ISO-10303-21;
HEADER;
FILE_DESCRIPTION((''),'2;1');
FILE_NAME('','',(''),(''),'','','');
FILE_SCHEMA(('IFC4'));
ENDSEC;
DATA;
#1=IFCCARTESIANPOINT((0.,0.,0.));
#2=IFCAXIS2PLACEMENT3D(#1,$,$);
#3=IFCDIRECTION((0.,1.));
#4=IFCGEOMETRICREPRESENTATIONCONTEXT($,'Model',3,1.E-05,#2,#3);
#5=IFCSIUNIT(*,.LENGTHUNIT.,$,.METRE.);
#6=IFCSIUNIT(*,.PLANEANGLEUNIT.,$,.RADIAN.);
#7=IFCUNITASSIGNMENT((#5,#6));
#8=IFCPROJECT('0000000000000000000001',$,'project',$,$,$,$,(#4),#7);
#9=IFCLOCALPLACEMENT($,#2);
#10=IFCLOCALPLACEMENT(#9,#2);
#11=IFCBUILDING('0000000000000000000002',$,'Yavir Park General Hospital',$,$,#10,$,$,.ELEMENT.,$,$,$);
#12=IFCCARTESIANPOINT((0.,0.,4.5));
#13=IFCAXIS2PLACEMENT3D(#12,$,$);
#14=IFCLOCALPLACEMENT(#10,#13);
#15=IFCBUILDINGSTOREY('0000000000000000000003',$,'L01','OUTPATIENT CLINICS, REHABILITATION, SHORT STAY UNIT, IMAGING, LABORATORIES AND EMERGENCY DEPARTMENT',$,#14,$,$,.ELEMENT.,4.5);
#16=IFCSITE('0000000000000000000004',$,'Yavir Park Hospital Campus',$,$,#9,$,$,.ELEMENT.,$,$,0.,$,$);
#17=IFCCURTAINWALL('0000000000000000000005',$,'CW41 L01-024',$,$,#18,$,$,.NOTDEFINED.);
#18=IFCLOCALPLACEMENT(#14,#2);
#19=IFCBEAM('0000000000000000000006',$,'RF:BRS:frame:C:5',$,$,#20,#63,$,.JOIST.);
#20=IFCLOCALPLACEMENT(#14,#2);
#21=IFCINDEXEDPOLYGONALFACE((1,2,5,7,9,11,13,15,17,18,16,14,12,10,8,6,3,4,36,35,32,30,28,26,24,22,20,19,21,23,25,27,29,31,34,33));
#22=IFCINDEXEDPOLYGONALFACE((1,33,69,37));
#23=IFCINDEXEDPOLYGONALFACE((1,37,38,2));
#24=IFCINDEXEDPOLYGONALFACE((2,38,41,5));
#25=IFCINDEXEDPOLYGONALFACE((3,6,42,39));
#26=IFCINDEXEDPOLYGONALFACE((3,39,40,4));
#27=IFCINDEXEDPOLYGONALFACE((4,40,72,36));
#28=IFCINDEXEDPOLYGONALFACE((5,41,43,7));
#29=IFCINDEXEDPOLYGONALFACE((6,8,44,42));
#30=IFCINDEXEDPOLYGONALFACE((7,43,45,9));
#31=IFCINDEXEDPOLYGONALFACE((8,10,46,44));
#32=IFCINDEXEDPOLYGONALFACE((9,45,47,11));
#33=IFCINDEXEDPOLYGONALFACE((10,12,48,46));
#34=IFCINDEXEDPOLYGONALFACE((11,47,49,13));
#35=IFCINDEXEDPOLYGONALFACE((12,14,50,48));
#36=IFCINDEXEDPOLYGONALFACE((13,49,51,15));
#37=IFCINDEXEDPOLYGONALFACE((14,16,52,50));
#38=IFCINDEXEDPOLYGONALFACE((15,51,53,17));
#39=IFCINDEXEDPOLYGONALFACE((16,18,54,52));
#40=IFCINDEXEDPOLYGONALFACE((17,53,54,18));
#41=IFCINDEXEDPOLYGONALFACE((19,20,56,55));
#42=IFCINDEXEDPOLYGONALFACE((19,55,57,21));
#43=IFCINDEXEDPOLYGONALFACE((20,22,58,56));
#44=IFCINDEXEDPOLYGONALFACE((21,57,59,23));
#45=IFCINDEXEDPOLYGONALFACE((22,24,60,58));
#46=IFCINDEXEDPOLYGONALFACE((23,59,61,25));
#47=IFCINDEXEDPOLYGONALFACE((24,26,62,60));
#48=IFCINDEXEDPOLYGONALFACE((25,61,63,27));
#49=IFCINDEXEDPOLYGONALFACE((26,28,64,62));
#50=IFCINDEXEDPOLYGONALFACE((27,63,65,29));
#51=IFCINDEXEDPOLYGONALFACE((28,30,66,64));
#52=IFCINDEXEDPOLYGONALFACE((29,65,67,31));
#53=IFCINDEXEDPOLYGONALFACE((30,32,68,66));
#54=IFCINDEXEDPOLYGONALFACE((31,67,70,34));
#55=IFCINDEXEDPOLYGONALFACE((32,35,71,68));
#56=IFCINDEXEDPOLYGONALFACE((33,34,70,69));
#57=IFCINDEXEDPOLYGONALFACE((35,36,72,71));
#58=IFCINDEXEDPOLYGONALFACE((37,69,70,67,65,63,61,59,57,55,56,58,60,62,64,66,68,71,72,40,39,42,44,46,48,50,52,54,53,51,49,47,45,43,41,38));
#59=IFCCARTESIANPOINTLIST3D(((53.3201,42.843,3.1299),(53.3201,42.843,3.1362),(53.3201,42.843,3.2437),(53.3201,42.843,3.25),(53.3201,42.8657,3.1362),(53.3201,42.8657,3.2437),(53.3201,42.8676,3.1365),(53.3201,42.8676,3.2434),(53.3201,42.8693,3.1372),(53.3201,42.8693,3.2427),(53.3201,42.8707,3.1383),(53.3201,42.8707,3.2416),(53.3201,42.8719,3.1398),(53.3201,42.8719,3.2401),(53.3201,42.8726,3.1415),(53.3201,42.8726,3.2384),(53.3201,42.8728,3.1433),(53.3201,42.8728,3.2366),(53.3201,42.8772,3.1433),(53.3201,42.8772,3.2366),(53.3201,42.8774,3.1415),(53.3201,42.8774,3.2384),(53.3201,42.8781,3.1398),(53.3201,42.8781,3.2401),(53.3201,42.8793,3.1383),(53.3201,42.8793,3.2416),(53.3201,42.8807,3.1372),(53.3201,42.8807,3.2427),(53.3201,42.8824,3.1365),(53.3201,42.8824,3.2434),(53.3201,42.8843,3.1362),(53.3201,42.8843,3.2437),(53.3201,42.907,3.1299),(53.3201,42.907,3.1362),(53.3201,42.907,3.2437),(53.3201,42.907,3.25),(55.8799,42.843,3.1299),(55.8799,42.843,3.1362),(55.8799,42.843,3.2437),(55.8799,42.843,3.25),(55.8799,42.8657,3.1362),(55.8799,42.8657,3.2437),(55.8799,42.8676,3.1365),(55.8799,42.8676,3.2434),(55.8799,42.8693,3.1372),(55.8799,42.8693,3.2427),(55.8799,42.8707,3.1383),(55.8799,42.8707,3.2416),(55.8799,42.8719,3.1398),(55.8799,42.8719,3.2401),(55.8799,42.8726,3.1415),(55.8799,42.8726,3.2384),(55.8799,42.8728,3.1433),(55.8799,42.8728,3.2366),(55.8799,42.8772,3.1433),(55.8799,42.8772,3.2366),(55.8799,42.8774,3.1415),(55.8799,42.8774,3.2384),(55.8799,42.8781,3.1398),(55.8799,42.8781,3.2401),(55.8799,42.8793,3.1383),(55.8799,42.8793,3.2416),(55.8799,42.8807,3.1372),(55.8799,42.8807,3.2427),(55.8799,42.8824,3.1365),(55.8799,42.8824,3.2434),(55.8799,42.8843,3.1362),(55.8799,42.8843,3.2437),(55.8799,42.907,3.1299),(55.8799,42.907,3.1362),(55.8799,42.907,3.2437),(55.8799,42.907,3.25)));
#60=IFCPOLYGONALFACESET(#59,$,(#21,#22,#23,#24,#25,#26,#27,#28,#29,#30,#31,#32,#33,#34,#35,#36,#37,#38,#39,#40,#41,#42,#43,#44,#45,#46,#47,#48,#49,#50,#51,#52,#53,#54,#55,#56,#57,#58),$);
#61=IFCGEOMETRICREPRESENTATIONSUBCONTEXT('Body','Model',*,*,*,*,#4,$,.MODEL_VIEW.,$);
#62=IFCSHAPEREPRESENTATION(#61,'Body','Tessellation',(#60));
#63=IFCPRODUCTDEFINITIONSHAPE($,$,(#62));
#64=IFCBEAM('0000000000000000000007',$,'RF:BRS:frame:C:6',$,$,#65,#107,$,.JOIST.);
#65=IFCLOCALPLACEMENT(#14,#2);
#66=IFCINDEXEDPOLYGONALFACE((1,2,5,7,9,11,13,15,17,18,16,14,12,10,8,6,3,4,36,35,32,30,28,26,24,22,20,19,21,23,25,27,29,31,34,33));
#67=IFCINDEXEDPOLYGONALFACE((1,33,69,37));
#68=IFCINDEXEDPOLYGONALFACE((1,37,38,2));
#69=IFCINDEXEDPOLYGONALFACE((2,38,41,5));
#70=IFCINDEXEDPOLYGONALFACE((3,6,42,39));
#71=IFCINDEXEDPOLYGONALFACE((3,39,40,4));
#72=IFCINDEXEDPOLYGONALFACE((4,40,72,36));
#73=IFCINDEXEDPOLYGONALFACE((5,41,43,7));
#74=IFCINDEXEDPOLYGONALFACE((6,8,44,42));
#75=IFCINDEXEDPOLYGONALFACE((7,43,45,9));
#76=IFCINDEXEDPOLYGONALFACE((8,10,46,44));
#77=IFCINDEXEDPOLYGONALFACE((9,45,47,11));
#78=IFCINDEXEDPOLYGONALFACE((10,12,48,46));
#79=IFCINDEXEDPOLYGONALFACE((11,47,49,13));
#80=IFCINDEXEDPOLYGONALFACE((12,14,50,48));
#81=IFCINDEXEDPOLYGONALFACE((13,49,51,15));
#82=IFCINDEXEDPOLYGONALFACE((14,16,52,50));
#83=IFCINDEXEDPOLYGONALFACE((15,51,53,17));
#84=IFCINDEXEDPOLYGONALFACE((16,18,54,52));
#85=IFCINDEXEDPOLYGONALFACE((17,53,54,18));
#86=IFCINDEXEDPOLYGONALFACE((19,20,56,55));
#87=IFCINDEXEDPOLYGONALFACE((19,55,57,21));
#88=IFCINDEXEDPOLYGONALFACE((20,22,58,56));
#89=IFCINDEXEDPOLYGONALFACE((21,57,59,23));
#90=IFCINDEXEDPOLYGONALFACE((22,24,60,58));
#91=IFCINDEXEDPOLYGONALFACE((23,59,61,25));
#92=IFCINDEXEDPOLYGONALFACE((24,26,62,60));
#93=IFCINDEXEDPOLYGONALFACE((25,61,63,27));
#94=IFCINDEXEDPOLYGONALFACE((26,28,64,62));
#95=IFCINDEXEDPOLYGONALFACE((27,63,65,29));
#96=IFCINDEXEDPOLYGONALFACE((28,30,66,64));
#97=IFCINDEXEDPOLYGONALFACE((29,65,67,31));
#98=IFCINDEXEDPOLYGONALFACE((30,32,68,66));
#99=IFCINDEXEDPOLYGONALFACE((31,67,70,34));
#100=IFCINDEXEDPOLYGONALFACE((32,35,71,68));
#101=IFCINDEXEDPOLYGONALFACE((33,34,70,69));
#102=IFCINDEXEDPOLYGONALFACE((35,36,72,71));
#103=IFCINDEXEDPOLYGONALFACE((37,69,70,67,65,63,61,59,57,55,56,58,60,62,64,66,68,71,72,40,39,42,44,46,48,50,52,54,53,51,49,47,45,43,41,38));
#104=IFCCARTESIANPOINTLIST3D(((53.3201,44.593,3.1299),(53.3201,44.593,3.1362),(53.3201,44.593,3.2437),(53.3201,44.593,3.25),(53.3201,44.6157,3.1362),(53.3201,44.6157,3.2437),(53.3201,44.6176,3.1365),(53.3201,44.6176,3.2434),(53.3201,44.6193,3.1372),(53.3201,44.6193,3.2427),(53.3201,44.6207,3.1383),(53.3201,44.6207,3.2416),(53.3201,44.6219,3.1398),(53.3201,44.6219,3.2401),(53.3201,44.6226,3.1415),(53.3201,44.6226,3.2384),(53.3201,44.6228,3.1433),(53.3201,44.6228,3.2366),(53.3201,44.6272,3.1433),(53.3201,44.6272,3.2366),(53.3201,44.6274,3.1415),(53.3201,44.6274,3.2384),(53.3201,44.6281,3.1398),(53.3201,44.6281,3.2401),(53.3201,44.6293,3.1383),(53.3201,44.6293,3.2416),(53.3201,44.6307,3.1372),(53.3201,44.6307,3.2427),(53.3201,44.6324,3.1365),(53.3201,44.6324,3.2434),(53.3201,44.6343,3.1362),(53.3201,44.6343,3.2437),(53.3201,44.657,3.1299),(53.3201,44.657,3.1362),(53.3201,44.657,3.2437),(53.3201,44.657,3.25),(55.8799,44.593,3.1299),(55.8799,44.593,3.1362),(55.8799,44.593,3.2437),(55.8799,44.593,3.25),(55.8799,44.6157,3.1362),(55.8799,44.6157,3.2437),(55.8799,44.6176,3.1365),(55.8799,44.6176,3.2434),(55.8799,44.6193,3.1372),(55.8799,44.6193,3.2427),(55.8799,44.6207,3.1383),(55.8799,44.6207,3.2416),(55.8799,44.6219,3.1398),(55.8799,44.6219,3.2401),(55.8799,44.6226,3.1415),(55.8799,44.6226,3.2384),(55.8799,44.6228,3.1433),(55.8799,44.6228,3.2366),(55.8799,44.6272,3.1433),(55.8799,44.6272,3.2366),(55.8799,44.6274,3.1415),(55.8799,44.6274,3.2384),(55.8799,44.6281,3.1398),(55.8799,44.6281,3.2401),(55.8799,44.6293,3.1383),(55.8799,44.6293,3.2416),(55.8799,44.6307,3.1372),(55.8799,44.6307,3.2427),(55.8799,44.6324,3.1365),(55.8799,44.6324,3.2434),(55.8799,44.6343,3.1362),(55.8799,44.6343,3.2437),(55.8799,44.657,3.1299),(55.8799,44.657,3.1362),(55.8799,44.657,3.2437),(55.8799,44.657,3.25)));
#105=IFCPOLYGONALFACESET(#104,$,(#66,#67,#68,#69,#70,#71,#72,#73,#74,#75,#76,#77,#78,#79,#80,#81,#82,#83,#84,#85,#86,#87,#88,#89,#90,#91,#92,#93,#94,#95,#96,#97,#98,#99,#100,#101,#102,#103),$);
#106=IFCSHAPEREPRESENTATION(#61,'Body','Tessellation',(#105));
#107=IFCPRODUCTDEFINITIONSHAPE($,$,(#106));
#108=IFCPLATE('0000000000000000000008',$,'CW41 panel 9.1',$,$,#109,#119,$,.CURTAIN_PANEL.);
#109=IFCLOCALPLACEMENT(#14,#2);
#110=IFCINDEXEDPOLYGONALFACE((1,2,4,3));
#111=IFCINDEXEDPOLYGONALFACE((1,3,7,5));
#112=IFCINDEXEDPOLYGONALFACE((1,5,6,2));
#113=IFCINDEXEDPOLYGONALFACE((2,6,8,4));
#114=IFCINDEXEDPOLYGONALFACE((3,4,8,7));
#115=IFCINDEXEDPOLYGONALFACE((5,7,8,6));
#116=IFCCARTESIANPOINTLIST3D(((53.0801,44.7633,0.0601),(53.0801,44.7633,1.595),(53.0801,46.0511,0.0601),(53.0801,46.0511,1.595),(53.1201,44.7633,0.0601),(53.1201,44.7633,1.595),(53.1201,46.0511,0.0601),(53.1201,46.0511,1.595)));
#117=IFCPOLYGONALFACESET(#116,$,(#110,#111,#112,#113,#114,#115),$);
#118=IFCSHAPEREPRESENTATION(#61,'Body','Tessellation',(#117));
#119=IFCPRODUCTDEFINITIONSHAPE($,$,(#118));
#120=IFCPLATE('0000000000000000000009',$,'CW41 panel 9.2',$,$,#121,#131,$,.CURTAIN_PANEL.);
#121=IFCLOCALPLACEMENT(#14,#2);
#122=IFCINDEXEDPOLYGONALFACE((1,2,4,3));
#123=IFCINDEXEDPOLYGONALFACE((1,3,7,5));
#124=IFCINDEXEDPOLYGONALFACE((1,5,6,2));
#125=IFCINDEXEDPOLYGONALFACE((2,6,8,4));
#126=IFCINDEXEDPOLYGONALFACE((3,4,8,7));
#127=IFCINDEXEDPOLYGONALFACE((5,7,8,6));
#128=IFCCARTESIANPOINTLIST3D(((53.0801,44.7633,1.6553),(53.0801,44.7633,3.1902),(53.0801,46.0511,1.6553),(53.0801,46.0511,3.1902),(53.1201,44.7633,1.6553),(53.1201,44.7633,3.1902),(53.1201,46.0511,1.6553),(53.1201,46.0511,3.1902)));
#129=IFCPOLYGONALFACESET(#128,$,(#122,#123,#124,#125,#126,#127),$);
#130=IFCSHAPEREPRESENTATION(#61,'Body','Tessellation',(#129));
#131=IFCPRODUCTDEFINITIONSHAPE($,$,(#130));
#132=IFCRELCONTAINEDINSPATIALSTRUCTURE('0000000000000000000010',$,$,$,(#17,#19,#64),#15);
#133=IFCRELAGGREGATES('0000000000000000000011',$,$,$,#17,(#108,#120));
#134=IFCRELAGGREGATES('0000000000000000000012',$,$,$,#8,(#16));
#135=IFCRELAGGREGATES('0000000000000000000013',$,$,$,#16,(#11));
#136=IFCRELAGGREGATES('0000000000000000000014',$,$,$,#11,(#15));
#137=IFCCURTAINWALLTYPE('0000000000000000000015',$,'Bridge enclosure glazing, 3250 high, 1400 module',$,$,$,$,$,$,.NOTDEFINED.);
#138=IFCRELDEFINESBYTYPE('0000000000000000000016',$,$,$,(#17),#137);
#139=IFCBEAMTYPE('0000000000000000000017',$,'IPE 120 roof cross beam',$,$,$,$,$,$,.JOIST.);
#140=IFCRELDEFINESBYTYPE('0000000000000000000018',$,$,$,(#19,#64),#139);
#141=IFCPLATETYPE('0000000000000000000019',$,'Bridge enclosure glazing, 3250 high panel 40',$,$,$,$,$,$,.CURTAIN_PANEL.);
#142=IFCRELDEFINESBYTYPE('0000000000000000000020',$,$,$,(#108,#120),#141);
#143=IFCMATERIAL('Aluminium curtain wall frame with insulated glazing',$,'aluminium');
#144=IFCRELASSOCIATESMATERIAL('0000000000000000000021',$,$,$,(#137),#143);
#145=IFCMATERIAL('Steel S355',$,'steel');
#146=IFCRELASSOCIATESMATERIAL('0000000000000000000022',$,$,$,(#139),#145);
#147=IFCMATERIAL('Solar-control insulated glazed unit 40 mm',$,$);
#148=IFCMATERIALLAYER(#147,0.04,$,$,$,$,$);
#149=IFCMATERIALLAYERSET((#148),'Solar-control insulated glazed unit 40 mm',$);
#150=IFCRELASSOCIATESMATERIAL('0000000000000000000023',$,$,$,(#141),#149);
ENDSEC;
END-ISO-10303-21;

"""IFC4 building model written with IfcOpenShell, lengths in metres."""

from ifc_helpers import new_model, si_unit, direction, frame, origin, origin_2d, place, context, subcontext, project, spatial, rectangle, i_section, extrude, material, layer, layer_set, material_profile, profile_set, type_object, element, aggregate, save


model = new_model("IFC4")

# Units and contexts
model_context = context("Model", 3, precision=1e-05, world=origin(), true_north=direction((0.0, 1.0)))
body_context = subcontext(model_context, "Body", "Model", "MODEL_VIEW")
ifc_project = project(units=[si_unit("LENGTHUNIT", "METRE"), si_unit("PLANEANGLEUNIT", "RADIAN")], contexts=[model_context])

# Site, building, storey
site_placement = place(None, origin())
site = spatial("IfcSite", under=ifc_project, at=site_placement, Name="Yavir Park Hospital Campus", CompositionType="ELEMENT", RefElevation=0.0)
building_placement = place(site_placement, origin())
building = spatial("IfcBuilding", under=site, at=building_placement, Name="Yavir Park General Hospital", CompositionType="ELEMENT")
storey_placement = place(building_placement, frame((0.0, 0.0, 4.5)))
storey = spatial("IfcBuildingStorey", under=building, at=storey_placement, Name="L01", Description="OUTPATIENT CLINICS, REHABILITATION, SHORT STAY UNIT, IMAGING, LABORATORIES AND EMERGENCY DEPARTMENT", CompositionType="ELEMENT", Elevation=4.5)

# Curtain wall
ifc_material_1 = material(Name="Aluminium curtain wall frame with insulated glazing", Category="aluminium")
curtain_wall_type = type_object("IfcCurtainWallType", Name="Bridge enclosure glazing, 3250 high, 1400 module", PredefinedType="NOTDEFINED", material=ifc_material_1)
curtain_wall_placement = place(storey_placement, origin())
curtain_wall = element("IfcCurtainWall", 1, at=curtain_wall_placement, inside=storey, type_object=curtain_wall_type, Name="CW41 L01-024", PredefinedType="NOTDEFINED")

# Beams
ifc_material_2 = material(Name="Steel S355", Category="steel")
ifc_material_profile_1 = material_profile(ifc_material_2, i_section(OverallWidth=0.064, OverallDepth=0.1201, WebThickness=0.0044, FlangeThickness=0.0063, FilletRadius=0.0071, at=origin_2d()), Name="IPE120")
ifc_profile_set_1 = profile_set([ifc_material_profile_1], Name="Steel S355")
beam_type_1 = type_object("IfcBeamType", Name="IPE 120 roof cross beam", PredefinedType="JOIST", material=ifc_profile_set_1)
for number, where, z_axis, x_axis, name in (
    (2, (53.3201, 42.875, 3.1899), (1.0, 0.0, 0.0), (0.0, 1.0, 0.0), "RF:BRS:frame:C:5"),
    (3, (53.3201, 44.625, 3.1899), (1.0, 0.0, 0.0), (0.0, 1.0, 0.0), "RF:BRS:frame:C:6"),
):
    element("IfcBeam", number, at=place(storey_placement, frame(where, z_axis=z_axis, x_axis=x_axis)), inside=storey, type_object=beam_type_1, Name=name, PredefinedType="JOIST", context=body_context, shape_type="SweptSolid", body=[
        extrude(i_section(OverallWidth=0.064, OverallDepth=0.1201, WebThickness=0.0044, FlangeThickness=0.0063, FilletRadius=0.0071, at=origin_2d()), origin(), (0.0, 0.0, 1.0), 2.5598),
    ])

# Plates
ifc_material_3 = material(Name="Solar-control insulated glazed unit 40 mm")
ifc_layer = layer(ifc_material_3, 0.04)
ifc_layer_set = layer_set([ifc_layer], Name="Solar-control insulated glazed unit 40 mm")
plate_type = type_object("IfcPlateType", Name="Bridge enclosure glazing, 3250 high panel 40", PredefinedType="CURTAIN_PANEL", material=ifc_layer_set)
plate_1_placement = place(storey_placement, frame((53.1001, 45.4072, 0.0601), z_axis=(0.0, 0.0, 1.0), x_axis=(0.0, 1.0, 0.0)))
plate_1 = element("IfcPlate", 4, at=plate_1_placement, type_object=plate_type, Name="CW41 panel 9.1", PredefinedType="CURTAIN_PANEL", context=body_context, shape_type="SweptSolid", body=[
    extrude(rectangle(XDim=1.2878, YDim=0.04, at=origin_2d()), origin(), (0.0, 0.0, 1.0), 1.5349),
])
plate_2_placement = place(storey_placement, frame((53.1001, 45.4072, 1.6553), z_axis=(0.0, 0.0, 1.0), x_axis=(0.0, 1.0, 0.0)))
plate_2 = element("IfcPlate", 5, at=plate_2_placement, type_object=plate_type, Name="CW41 panel 9.2", PredefinedType="CURTAIN_PANEL", context=body_context, shape_type="SweptSolid", body=[
    extrude(rectangle(XDim=1.2878, YDim=0.04, at=origin_2d()), origin(), (0.0, 0.0, 1.0), 1.5349),
])
aggregate(curtain_wall, [plate_1, plate_2])

save(model, "model.ifc")
